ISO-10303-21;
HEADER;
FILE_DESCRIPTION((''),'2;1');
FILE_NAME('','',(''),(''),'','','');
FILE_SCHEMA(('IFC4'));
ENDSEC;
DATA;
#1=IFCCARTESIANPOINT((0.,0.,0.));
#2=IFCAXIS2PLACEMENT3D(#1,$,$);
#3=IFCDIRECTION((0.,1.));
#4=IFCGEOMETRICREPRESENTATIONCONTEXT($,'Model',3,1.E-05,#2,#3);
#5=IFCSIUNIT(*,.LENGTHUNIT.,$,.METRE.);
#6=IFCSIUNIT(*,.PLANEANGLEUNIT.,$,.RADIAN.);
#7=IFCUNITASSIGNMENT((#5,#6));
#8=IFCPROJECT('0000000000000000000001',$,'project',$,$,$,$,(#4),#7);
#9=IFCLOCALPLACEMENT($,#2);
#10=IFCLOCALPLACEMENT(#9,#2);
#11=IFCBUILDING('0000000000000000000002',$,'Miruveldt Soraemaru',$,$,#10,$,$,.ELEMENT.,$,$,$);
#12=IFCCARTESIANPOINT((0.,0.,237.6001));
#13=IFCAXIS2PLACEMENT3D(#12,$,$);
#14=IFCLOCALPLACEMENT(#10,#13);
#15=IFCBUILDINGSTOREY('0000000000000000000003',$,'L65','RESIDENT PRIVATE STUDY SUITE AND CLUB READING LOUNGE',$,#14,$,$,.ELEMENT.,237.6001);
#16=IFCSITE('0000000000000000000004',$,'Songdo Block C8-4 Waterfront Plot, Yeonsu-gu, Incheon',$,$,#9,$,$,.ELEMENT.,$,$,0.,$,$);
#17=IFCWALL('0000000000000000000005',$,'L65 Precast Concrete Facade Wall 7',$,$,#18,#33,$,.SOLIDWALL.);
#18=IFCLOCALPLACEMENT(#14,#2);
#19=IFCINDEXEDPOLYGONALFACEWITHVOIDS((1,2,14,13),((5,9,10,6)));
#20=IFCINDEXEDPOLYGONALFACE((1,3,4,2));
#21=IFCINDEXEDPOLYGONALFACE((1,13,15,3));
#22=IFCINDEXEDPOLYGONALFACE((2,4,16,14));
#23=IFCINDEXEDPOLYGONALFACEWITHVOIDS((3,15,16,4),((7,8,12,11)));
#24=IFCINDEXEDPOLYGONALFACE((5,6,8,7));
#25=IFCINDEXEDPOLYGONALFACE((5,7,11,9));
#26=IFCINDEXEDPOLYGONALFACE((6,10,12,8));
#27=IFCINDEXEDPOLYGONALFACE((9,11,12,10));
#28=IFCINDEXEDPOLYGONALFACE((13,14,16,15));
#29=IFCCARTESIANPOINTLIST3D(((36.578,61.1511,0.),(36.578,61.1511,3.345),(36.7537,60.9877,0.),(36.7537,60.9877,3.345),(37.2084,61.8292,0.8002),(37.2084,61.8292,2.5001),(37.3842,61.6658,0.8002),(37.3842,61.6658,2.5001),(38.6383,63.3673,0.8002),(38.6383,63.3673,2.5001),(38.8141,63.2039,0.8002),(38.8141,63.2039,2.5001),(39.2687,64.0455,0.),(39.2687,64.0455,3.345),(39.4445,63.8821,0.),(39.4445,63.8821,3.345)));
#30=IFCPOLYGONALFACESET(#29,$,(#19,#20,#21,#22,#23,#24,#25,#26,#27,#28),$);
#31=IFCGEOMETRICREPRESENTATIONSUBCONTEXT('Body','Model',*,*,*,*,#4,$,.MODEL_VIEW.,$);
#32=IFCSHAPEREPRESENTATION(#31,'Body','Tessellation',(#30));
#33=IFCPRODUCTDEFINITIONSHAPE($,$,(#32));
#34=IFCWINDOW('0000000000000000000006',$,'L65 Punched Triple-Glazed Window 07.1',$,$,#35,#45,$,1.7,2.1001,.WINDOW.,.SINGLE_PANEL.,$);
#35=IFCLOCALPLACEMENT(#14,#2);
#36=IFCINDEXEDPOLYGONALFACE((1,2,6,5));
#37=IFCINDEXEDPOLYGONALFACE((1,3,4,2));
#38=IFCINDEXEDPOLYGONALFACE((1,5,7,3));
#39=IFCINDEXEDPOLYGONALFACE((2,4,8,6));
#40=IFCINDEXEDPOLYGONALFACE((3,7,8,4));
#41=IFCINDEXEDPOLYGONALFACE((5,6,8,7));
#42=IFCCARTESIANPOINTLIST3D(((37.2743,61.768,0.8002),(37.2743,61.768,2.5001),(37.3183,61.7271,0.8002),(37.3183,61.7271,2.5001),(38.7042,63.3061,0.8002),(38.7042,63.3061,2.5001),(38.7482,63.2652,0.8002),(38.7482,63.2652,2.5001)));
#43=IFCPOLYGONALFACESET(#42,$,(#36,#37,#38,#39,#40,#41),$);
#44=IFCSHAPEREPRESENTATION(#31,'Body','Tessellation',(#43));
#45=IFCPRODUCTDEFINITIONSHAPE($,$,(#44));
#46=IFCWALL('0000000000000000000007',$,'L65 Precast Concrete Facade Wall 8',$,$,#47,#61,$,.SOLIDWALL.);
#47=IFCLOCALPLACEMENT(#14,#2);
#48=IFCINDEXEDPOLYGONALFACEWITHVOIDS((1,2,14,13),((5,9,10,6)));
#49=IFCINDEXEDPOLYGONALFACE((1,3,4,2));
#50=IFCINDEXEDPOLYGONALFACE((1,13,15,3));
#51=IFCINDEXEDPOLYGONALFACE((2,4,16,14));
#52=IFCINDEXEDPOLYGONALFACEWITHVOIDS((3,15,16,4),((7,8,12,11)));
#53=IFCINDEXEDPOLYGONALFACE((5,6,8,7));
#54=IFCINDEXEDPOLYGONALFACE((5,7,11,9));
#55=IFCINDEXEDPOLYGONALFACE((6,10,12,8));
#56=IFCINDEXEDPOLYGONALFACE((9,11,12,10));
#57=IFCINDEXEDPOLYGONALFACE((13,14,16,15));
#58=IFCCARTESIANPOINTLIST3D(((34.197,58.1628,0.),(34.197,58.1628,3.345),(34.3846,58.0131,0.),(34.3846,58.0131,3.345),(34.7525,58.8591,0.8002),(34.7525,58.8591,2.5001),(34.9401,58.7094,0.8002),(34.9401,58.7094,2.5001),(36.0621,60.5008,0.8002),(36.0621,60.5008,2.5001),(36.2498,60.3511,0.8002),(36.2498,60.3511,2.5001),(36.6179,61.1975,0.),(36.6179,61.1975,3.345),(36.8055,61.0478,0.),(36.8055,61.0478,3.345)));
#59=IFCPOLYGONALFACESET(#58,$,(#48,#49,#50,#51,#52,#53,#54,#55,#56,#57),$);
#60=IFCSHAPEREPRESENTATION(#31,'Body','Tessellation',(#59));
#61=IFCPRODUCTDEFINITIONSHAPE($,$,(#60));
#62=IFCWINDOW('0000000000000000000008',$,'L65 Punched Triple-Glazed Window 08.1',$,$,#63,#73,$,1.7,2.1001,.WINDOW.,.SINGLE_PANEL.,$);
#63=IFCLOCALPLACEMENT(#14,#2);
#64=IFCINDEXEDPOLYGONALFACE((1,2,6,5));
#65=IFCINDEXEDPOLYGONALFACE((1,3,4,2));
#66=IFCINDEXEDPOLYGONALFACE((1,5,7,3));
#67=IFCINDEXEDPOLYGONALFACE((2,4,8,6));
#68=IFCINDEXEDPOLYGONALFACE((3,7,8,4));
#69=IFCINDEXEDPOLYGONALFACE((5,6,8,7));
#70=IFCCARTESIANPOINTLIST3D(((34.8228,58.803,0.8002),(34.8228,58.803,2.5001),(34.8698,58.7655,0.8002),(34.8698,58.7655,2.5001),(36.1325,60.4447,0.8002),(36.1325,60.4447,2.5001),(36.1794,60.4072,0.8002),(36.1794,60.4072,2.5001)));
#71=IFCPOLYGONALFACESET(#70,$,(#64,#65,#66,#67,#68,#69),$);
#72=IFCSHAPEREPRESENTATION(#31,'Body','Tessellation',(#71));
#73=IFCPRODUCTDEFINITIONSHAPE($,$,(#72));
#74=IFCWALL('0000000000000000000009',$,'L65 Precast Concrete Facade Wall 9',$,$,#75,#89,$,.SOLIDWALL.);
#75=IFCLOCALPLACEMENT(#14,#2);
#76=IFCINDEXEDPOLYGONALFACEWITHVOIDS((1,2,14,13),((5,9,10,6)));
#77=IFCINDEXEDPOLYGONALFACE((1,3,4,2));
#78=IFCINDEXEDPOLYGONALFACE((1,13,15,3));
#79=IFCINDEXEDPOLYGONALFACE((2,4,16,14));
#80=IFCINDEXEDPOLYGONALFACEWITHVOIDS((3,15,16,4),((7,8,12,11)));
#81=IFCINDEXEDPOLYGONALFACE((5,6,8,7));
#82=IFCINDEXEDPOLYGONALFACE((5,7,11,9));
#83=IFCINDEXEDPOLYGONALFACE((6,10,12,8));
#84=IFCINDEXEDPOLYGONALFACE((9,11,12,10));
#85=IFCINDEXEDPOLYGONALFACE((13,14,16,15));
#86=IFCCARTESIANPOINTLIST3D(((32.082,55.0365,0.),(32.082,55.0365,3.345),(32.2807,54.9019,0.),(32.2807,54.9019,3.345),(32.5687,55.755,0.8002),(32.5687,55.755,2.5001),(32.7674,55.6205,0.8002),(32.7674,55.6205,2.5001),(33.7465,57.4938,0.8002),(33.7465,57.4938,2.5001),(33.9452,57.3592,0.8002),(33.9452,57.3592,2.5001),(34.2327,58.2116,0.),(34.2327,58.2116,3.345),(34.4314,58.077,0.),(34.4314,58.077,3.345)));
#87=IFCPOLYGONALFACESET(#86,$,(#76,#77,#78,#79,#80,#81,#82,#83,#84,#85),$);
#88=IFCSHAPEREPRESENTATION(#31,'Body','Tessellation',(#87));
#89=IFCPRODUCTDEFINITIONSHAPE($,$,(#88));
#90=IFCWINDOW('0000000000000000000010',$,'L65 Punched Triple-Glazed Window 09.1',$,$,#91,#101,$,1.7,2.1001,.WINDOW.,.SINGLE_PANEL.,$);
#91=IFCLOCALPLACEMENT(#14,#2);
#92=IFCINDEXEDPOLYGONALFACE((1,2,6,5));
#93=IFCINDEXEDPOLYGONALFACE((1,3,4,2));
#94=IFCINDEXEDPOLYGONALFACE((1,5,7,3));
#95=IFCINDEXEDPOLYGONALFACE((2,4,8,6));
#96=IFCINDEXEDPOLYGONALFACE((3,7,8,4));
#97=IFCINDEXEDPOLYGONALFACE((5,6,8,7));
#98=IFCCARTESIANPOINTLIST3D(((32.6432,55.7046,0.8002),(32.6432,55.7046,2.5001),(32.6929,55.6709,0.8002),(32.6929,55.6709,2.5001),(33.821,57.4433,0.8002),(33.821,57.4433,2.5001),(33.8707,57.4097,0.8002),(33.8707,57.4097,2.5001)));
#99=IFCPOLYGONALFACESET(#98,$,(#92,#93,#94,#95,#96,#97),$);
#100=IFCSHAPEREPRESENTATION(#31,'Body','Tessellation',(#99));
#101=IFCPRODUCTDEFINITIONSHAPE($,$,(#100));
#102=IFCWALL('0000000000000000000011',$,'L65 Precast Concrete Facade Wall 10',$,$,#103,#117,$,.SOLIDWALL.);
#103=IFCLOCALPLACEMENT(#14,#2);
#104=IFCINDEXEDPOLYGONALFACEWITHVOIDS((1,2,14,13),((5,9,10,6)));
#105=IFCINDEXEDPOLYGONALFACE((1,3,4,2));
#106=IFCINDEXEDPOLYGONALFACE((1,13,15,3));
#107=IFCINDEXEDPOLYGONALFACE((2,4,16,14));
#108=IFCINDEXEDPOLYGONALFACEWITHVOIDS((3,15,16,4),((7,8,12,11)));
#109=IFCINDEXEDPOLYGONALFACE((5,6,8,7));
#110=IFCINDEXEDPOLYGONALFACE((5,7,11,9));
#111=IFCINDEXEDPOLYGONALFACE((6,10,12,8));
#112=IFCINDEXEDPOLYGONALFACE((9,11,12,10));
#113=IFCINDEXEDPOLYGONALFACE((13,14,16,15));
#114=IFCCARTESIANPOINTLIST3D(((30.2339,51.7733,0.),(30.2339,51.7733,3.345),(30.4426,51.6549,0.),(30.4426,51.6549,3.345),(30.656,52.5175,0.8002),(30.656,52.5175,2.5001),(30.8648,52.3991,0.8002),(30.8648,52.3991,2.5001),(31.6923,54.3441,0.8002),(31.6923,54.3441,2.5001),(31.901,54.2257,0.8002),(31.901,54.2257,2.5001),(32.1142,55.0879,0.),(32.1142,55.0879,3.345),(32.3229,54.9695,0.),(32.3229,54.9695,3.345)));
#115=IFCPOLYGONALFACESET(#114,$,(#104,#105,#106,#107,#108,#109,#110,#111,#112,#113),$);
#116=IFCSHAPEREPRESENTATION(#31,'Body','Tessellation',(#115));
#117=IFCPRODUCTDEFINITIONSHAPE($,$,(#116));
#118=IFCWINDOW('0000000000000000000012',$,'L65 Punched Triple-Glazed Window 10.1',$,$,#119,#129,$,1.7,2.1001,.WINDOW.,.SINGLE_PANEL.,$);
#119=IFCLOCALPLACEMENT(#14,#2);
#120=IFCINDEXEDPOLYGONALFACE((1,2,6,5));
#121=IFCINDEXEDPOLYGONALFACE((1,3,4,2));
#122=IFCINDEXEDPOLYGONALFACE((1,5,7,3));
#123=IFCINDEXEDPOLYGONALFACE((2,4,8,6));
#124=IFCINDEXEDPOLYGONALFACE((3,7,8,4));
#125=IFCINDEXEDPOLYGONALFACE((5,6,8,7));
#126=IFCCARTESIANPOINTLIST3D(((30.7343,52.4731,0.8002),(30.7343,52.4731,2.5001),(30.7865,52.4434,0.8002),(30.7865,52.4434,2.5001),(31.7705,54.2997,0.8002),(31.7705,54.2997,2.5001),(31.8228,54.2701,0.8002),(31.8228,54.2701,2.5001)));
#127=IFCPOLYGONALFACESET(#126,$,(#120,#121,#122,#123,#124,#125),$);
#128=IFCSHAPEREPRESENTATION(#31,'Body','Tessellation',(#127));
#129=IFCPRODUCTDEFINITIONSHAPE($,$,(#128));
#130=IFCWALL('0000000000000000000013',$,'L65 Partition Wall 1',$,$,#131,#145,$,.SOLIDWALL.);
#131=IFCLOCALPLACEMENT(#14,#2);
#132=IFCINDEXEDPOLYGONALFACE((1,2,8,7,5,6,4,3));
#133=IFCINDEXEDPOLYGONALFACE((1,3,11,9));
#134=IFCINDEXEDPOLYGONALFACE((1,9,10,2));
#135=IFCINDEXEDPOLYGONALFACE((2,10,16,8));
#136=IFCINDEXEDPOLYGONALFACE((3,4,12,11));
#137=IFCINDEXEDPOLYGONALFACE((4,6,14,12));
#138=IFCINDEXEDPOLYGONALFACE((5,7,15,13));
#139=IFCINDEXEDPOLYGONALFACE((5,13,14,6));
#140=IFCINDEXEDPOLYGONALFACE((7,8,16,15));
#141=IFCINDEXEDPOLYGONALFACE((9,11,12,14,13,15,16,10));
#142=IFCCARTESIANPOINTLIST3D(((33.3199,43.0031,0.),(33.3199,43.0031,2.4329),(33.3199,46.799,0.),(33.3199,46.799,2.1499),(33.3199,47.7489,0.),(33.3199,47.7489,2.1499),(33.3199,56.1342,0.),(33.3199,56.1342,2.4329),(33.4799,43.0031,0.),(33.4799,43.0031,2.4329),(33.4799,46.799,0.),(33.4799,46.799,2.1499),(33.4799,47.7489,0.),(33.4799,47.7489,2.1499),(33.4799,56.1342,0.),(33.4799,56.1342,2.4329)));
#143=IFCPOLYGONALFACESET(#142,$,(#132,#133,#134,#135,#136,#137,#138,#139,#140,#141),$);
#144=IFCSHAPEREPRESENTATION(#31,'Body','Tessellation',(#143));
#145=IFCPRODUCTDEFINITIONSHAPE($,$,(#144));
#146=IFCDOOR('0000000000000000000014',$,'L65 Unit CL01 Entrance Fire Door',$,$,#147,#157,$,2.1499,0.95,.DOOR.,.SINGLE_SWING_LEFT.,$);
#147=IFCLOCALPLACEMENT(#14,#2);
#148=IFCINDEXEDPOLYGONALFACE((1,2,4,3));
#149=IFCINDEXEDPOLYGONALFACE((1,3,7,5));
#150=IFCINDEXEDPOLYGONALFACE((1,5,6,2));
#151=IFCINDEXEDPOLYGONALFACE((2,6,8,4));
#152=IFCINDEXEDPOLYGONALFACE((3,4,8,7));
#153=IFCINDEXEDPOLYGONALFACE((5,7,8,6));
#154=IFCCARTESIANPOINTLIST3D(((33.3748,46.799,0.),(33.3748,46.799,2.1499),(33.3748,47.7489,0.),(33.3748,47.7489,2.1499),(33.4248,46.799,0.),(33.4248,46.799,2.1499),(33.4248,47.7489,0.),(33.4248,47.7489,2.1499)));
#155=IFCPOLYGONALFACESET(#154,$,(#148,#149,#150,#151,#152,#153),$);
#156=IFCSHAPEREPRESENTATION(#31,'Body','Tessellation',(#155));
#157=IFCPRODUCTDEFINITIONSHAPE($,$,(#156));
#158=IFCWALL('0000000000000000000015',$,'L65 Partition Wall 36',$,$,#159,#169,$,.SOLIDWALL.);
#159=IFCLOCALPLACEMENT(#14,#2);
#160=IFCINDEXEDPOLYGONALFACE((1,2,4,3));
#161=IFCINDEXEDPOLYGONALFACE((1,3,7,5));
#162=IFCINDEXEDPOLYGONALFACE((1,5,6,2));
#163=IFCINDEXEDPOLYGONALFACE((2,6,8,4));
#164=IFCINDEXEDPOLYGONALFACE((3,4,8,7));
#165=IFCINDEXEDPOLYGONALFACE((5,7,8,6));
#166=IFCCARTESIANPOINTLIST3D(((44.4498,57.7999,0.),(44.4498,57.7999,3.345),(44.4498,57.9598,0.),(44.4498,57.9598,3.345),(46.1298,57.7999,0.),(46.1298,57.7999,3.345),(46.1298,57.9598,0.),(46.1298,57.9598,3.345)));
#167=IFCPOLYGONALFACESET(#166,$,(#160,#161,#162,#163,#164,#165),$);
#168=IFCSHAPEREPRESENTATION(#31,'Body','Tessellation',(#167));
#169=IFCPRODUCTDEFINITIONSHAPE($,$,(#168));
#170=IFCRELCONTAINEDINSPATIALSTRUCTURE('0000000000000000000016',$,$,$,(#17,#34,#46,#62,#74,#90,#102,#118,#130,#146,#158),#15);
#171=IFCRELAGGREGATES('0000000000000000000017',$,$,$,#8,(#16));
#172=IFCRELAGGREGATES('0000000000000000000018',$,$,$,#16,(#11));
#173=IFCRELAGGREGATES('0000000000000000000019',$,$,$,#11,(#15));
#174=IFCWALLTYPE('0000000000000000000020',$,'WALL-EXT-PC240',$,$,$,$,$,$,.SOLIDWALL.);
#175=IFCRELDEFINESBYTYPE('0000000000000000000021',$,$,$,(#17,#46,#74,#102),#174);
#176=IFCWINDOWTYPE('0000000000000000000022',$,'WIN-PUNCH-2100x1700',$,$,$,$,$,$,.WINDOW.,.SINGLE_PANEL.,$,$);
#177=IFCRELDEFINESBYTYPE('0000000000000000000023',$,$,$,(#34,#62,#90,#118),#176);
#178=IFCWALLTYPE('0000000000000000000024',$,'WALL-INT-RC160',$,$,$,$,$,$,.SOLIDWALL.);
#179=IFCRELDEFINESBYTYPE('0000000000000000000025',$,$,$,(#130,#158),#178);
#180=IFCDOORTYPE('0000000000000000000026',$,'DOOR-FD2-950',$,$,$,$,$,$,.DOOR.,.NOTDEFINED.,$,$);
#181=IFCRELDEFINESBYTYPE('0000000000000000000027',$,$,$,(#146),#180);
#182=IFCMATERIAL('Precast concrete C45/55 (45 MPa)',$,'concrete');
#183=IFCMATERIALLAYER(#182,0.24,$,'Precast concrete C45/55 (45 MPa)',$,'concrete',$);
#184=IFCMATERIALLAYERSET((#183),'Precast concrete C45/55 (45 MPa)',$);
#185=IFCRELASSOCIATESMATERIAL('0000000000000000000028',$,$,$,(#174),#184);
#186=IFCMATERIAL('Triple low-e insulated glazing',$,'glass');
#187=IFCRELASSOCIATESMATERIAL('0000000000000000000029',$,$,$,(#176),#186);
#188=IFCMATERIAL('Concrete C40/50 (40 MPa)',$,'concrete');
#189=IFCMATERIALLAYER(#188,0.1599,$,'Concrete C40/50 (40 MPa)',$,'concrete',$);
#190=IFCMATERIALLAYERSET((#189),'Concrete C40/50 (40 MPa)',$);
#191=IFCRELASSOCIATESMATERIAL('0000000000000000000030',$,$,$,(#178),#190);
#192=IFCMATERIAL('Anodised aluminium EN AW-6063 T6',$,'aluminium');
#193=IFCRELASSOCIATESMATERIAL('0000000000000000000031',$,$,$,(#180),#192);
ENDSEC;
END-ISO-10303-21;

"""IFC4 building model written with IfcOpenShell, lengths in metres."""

from ifc_helpers import new_model, si_unit, direction, frame, frame_2d, origin, place, context, subcontext, project, spatial, rectangle, extrude, material, layer, layer_set, type_object, element, fill, save


model = new_model("IFC4")

# Units and contexts
model_context = context("Model", 3, precision=1e-05, world=origin(), true_north=direction((0.0, 1.0)))
body_context = subcontext(model_context, "Body", "Model", "MODEL_VIEW")
ifc_project = project(units=[si_unit("LENGTHUNIT", "METRE"), si_unit("PLANEANGLEUNIT", "RADIAN")], contexts=[model_context])

# Site, building, storey
site_placement = place(None, origin())
site = spatial("IfcSite", under=ifc_project, at=site_placement, Name="Songdo Block C8-4 Waterfront Plot, Yeonsu-gu, Incheon", CompositionType="ELEMENT", RefElevation=0.0)
building_placement = place(site_placement, origin())
building = spatial("IfcBuilding", under=site, at=building_placement, Name="Miruveldt Soraemaru", CompositionType="ELEMENT")
storey_placement = place(building_placement, frame((0.0, 0.0, 237.6001)))
storey = spatial("IfcBuildingStorey", under=building, at=storey_placement, Name="L65", Description="RESIDENT PRIVATE STUDY SUITE AND CLUB READING LOUNGE", CompositionType="ELEMENT", Elevation=237.6001)

# Walls, openings, windows
ifc_material_1 = material(Name="Precast concrete C45/55 (45 MPa)", Category="concrete")
ifc_layer_1 = layer(ifc_material_1, 0.24, Name="Precast concrete C45/55 (45 MPa)", Category="concrete")
ifc_layer_set_1 = layer_set([ifc_layer_1], Name="Precast concrete C45/55 (45 MPa)")
wall_type_1 = type_object("IfcWallType", Name="WALL-EXT-PC240", PredefinedType="SOLIDWALL", material=ifc_layer_set_1)
ifc_material_2 = material(Name="Triple low-e insulated glazing", Category="glass")
window_type_1 = type_object("IfcWindowType", Name="WIN-PUNCH-2100x1700", PartitioningType="SINGLE_PANEL", PredefinedType="WINDOW", material=ifc_material_2)
wall_1_placement = place(storey_placement, frame((39.3567, 63.9639, 0.0), z_axis=(0.0, 0.0, 1.0), x_axis=(-0.680875, -0.7324, 0.0)))
wall_1 = element("IfcWall", 1, at=wall_1_placement, inside=storey, type_object=wall_type_1, Name="L65 Precast Concrete Facade Wall 7", PredefinedType="SOLIDWALL", context=body_context, shape_type="SweptSolid", body=[
    extrude(rectangle(XDim=3.9519, YDim=0.24, at=frame_2d((1.9761, 0.0))), origin(), (0.0, 0.0, 1.0), 3.345),
])
opening_1_placement = place(wall_1_placement, frame((0.926, 0.0, 0.8)))
opening_1 = element("IfcOpeningElement", 2, at=opening_1_placement, cuts=wall_1, PredefinedType="OPENING", context=body_context, shape_type="SweptSolid", body=[
    extrude(rectangle(XDim=2.1001, YDim=1.7, at=frame_2d((1.05, 0.8501))), frame((0.0, 0.1299, 0.0), z_axis=(0.0, -1.0, 0.0), x_axis=(1.0, 0.0, 0.0)), (0.0, 0.0, 1.0), 0.26),
])
window_1_placement = place(opening_1_placement, origin())
window_1 = element("IfcWindow", 3, at=window_1_placement, inside=storey, type_object=window_type_1, Name="L65 Punched Triple-Glazed Window 07.1", OverallHeight=1.7, OverallWidth=2.1001, PartitioningType="SINGLE_PANEL", PredefinedType="WINDOW", context=body_context, shape_type="SweptSolid", body=[
    extrude(rectangle(XDim=2.1001, YDim=1.7, at=frame_2d((1.05, 0.8501))), frame((0.0, 0.03, 0.0), z_axis=(0.0, -1.0, 0.0), x_axis=(1.0, 0.0, 0.0)), (0.0, 0.0, 1.0), 0.0601),
])
fill(opening_1, window_1)
wall_2_placement = place(storey_placement, frame((36.7117, 61.1226, 0.0), z_axis=(0.0, 0.0, 1.0), x_axis=(-0.623621, -0.781727, 0.0)))
wall_2 = element("IfcWall", 4, at=wall_2_placement, inside=storey, type_object=wall_type_1, Name="L65 Precast Concrete Facade Wall 8", PredefinedType="SOLIDWALL", context=body_context, shape_type="SweptSolid", body=[
    extrude(rectangle(XDim=3.8821, YDim=0.24, at=frame_2d((1.9409, 0.0))), origin(), (0.0, 0.0, 1.0), 3.345),
])
opening_2_placement = place(wall_2_placement, frame((0.8911, 0.0, 0.8)))
opening_2 = element("IfcOpeningElement", 5, at=opening_2_placement, cuts=wall_2, PredefinedType="OPENING", context=body_context, shape_type="SweptSolid", body=[
    extrude(rectangle(XDim=2.1001, YDim=1.7, at=frame_2d((1.05, 0.8501))), frame((0.0, 0.1299, 0.0), z_axis=(0.0, -1.0, 0.0), x_axis=(1.0, 0.0, 0.0)), (0.0, 0.0, 1.0), 0.26),
])
window_2_placement = place(opening_2_placement, origin())
window_2 = element("IfcWindow", 6, at=window_2_placement, inside=storey, type_object=window_type_1, Name="L65 Punched Triple-Glazed Window 08.1", OverallHeight=1.7, OverallWidth=2.1001, PartitioningType="SINGLE_PANEL", PredefinedType="WINDOW", context=body_context, shape_type="SweptSolid", body=[
    extrude(rectangle(XDim=2.1001, YDim=1.7, at=frame_2d((1.05, 0.8501))), frame((0.0, 0.03, 0.0), z_axis=(0.0, -1.0, 0.0), x_axis=(1.0, 0.0, 0.0)), (0.0, 0.0, 1.0), 0.0601),
])
fill(opening_2, window_2)
wall_3_placement = place(storey_placement, frame((34.332, 58.1443, 0.0), z_axis=(0.0, 0.0, 1.0), x_axis=(-0.560812, -0.827943, 0.0)))
wall_3 = element("IfcWall", 7, at=wall_3_placement, inside=storey, type_object=wall_type_1, Name="L65 Precast Concrete Facade Wall 9", PredefinedType="SOLIDWALL", context=body_context, shape_type="SweptSolid", body=[
    extrude(rectangle(XDim=3.835, YDim=0.24, at=frame_2d((1.9175, 0.0))), origin(), (0.0, 0.0, 1.0), 3.345),
])
opening_3_placement = place(wall_3_placement, frame((0.8669, 0.0, 0.8)))
opening_3 = element("IfcOpeningElement", 8, at=opening_3_placement, cuts=wall_3, PredefinedType="OPENING", context=body_context, shape_type="SweptSolid", body=[
    extrude(rectangle(XDim=2.1001, YDim=1.7, at=frame_2d((1.05, 0.8501))), frame((0.0, 0.1299, 0.0), z_axis=(0.0, -1.0, 0.0), x_axis=(1.0, 0.0, 0.0)), (0.0, 0.0, 1.0), 0.26),
])
window_3_placement = place(opening_3_placement, origin())
window_3 = element("IfcWindow", 9, at=window_3_placement, inside=storey, type_object=window_type_1, Name="L65 Punched Triple-Glazed Window 09.1", OverallHeight=1.7, OverallWidth=2.1001, PartitioningType="SINGLE_PANEL", PredefinedType="WINDOW", context=body_context, shape_type="SweptSolid", body=[
    extrude(rectangle(XDim=2.1001, YDim=1.7, at=frame_2d((1.05, 0.8501))), frame((0.0, 0.03, 0.0), z_axis=(0.0, -1.0, 0.0), x_axis=(1.0, 0.0, 0.0)), (0.0, 0.0, 1.0), 0.0601),
])
fill(opening_3, window_3)
wall_4_placement = place(storey_placement, frame((32.2185, 55.0286, 0.0), z_axis=(0.0, 0.0, 1.0), x_axis=(-0.493418, -0.869792, 0.0)))
wall_4 = element("IfcWall", 10, at=wall_4_placement, inside=storey, type_object=wall_type_1, Name="L65 Precast Concrete Facade Wall 10", PredefinedType="SOLIDWALL", context=body_context, shape_type="SweptSolid", body=[
    extrude(rectangle(XDim=3.8108, YDim=0.24, at=frame_2d((1.9053, 0.0))), origin(), (0.0, 0.0, 1.0), 3.345),
])
opening_4_placement = place(wall_4_placement, frame((0.855, 0.0, 0.8)))
opening_4 = element("IfcOpeningElement", 11, at=opening_4_placement, cuts=wall_4, PredefinedType="OPENING", context=body_context, shape_type="SweptSolid", body=[
    extrude(rectangle(XDim=2.1001, YDim=1.7, at=frame_2d((1.05, 0.8501))), frame((0.0, 0.1299, 0.0), z_axis=(0.0, -1.0, 0.0), x_axis=(1.0, 0.0, 0.0)), (0.0, 0.0, 1.0), 0.26),
])
window_4_placement = place(opening_4_placement, origin())
window_4 = element("IfcWindow", 12, at=window_4_placement, inside=storey, type_object=window_type_1, Name="L65 Punched Triple-Glazed Window 10.1", OverallHeight=1.7, OverallWidth=2.1001, PartitioningType="SINGLE_PANEL", PredefinedType="WINDOW", context=body_context, shape_type="SweptSolid", body=[
    extrude(rectangle(XDim=2.1001, YDim=1.7, at=frame_2d((1.05, 0.8501))), frame((0.0, 0.03, 0.0), z_axis=(0.0, -1.0, 0.0), x_axis=(1.0, 0.0, 0.0)), (0.0, 0.0, 1.0), 0.0601),
])
fill(opening_4, window_4)

# Wall, opening, door
ifc_material_3 = material(Name="Concrete C40/50 (40 MPa)", Category="concrete")
ifc_layer_2 = layer(ifc_material_3, 0.1599, Name="Concrete C40/50 (40 MPa)", Category="concrete")
ifc_layer_set_2 = layer_set([ifc_layer_2], Name="Concrete C40/50 (40 MPa)")
wall_type_2 = type_object("IfcWallType", Name="WALL-INT-RC160", PredefinedType="SOLIDWALL", material=ifc_layer_set_2)
wall_5_placement = place(storey_placement, frame((33.3999, 56.134, 0.0), z_axis=(0.0, 0.0, 1.0), x_axis=(0.0, -1.0, 0.0)))
wall_5 = element("IfcWall", 13, at=wall_5_placement, inside=storey, type_object=wall_type_2, Name="L65 Partition Wall 1", PredefinedType="SOLIDWALL", context=body_context, shape_type="SweptSolid", body=[
    extrude(rectangle(XDim=13.1311, YDim=0.1599, at=frame_2d((6.5654, 0.0))), origin(), (0.0, 0.0, 1.0), 2.4329),
])
opening_5_placement = place(wall_5_placement, frame((8.385, 0.0, 0.0)))
opening_5 = element("IfcOpeningElement", 14, at=opening_5_placement, cuts=wall_5, PredefinedType="OPENING", context=body_context, shape_type="SweptSolid", body=[
    extrude(rectangle(XDim=0.95, YDim=2.1499, at=frame_2d((0.4751, 1.075))), frame((0.0, 0.0898, 0.0), z_axis=(0.0, -1.0, 0.0), x_axis=(1.0, 0.0, 0.0)), (0.0, 0.0, 1.0), 0.1799),
])
ifc_material_4 = material(Name="Anodised aluminium EN AW-6063 T6", Category="aluminium")
door_type = type_object("IfcDoorType", Name="DOOR-FD2-950", OperationType="NOTDEFINED", PredefinedType="DOOR", material=ifc_material_4)
door_placement = place(opening_5_placement, origin())
door = element("IfcDoor", 15, at=door_placement, inside=storey, type_object=door_type, Name="L65 Unit CL01 Entrance Fire Door", OperationType="SINGLE_SWING_LEFT", OverallHeight=2.1499, OverallWidth=0.95, PredefinedType="DOOR", context=body_context, shape_type="SweptSolid", body=[
    extrude(rectangle(XDim=0.95, YDim=2.1499, at=frame_2d((0.4751, 1.075))), frame((0.0, 0.0249, 0.0), z_axis=(0.0, -1.0, 0.0), x_axis=(1.0, 0.0, 0.0)), (0.0, 0.0, 1.0), 0.05),
])
fill(opening_5, door)

# Wall
wall_6_placement = place(storey_placement, frame((44.45, 57.8799, 0.0), z_axis=(0.0, 0.0, 1.0), x_axis=(1.0, 0.0, 0.0)))
element("IfcWall", 16, at=wall_6_placement, inside=storey, type_object=wall_type_2, Name="L65 Partition Wall 36", PredefinedType="SOLIDWALL", context=body_context, shape_type="SweptSolid", body=[
    extrude(rectangle(XDim=1.6799, YDim=0.1599, at=frame_2d((0.8398, 0.0))), origin(), (0.0, 0.0, 1.0), 3.345),
])

save(model, "model.ifc")
